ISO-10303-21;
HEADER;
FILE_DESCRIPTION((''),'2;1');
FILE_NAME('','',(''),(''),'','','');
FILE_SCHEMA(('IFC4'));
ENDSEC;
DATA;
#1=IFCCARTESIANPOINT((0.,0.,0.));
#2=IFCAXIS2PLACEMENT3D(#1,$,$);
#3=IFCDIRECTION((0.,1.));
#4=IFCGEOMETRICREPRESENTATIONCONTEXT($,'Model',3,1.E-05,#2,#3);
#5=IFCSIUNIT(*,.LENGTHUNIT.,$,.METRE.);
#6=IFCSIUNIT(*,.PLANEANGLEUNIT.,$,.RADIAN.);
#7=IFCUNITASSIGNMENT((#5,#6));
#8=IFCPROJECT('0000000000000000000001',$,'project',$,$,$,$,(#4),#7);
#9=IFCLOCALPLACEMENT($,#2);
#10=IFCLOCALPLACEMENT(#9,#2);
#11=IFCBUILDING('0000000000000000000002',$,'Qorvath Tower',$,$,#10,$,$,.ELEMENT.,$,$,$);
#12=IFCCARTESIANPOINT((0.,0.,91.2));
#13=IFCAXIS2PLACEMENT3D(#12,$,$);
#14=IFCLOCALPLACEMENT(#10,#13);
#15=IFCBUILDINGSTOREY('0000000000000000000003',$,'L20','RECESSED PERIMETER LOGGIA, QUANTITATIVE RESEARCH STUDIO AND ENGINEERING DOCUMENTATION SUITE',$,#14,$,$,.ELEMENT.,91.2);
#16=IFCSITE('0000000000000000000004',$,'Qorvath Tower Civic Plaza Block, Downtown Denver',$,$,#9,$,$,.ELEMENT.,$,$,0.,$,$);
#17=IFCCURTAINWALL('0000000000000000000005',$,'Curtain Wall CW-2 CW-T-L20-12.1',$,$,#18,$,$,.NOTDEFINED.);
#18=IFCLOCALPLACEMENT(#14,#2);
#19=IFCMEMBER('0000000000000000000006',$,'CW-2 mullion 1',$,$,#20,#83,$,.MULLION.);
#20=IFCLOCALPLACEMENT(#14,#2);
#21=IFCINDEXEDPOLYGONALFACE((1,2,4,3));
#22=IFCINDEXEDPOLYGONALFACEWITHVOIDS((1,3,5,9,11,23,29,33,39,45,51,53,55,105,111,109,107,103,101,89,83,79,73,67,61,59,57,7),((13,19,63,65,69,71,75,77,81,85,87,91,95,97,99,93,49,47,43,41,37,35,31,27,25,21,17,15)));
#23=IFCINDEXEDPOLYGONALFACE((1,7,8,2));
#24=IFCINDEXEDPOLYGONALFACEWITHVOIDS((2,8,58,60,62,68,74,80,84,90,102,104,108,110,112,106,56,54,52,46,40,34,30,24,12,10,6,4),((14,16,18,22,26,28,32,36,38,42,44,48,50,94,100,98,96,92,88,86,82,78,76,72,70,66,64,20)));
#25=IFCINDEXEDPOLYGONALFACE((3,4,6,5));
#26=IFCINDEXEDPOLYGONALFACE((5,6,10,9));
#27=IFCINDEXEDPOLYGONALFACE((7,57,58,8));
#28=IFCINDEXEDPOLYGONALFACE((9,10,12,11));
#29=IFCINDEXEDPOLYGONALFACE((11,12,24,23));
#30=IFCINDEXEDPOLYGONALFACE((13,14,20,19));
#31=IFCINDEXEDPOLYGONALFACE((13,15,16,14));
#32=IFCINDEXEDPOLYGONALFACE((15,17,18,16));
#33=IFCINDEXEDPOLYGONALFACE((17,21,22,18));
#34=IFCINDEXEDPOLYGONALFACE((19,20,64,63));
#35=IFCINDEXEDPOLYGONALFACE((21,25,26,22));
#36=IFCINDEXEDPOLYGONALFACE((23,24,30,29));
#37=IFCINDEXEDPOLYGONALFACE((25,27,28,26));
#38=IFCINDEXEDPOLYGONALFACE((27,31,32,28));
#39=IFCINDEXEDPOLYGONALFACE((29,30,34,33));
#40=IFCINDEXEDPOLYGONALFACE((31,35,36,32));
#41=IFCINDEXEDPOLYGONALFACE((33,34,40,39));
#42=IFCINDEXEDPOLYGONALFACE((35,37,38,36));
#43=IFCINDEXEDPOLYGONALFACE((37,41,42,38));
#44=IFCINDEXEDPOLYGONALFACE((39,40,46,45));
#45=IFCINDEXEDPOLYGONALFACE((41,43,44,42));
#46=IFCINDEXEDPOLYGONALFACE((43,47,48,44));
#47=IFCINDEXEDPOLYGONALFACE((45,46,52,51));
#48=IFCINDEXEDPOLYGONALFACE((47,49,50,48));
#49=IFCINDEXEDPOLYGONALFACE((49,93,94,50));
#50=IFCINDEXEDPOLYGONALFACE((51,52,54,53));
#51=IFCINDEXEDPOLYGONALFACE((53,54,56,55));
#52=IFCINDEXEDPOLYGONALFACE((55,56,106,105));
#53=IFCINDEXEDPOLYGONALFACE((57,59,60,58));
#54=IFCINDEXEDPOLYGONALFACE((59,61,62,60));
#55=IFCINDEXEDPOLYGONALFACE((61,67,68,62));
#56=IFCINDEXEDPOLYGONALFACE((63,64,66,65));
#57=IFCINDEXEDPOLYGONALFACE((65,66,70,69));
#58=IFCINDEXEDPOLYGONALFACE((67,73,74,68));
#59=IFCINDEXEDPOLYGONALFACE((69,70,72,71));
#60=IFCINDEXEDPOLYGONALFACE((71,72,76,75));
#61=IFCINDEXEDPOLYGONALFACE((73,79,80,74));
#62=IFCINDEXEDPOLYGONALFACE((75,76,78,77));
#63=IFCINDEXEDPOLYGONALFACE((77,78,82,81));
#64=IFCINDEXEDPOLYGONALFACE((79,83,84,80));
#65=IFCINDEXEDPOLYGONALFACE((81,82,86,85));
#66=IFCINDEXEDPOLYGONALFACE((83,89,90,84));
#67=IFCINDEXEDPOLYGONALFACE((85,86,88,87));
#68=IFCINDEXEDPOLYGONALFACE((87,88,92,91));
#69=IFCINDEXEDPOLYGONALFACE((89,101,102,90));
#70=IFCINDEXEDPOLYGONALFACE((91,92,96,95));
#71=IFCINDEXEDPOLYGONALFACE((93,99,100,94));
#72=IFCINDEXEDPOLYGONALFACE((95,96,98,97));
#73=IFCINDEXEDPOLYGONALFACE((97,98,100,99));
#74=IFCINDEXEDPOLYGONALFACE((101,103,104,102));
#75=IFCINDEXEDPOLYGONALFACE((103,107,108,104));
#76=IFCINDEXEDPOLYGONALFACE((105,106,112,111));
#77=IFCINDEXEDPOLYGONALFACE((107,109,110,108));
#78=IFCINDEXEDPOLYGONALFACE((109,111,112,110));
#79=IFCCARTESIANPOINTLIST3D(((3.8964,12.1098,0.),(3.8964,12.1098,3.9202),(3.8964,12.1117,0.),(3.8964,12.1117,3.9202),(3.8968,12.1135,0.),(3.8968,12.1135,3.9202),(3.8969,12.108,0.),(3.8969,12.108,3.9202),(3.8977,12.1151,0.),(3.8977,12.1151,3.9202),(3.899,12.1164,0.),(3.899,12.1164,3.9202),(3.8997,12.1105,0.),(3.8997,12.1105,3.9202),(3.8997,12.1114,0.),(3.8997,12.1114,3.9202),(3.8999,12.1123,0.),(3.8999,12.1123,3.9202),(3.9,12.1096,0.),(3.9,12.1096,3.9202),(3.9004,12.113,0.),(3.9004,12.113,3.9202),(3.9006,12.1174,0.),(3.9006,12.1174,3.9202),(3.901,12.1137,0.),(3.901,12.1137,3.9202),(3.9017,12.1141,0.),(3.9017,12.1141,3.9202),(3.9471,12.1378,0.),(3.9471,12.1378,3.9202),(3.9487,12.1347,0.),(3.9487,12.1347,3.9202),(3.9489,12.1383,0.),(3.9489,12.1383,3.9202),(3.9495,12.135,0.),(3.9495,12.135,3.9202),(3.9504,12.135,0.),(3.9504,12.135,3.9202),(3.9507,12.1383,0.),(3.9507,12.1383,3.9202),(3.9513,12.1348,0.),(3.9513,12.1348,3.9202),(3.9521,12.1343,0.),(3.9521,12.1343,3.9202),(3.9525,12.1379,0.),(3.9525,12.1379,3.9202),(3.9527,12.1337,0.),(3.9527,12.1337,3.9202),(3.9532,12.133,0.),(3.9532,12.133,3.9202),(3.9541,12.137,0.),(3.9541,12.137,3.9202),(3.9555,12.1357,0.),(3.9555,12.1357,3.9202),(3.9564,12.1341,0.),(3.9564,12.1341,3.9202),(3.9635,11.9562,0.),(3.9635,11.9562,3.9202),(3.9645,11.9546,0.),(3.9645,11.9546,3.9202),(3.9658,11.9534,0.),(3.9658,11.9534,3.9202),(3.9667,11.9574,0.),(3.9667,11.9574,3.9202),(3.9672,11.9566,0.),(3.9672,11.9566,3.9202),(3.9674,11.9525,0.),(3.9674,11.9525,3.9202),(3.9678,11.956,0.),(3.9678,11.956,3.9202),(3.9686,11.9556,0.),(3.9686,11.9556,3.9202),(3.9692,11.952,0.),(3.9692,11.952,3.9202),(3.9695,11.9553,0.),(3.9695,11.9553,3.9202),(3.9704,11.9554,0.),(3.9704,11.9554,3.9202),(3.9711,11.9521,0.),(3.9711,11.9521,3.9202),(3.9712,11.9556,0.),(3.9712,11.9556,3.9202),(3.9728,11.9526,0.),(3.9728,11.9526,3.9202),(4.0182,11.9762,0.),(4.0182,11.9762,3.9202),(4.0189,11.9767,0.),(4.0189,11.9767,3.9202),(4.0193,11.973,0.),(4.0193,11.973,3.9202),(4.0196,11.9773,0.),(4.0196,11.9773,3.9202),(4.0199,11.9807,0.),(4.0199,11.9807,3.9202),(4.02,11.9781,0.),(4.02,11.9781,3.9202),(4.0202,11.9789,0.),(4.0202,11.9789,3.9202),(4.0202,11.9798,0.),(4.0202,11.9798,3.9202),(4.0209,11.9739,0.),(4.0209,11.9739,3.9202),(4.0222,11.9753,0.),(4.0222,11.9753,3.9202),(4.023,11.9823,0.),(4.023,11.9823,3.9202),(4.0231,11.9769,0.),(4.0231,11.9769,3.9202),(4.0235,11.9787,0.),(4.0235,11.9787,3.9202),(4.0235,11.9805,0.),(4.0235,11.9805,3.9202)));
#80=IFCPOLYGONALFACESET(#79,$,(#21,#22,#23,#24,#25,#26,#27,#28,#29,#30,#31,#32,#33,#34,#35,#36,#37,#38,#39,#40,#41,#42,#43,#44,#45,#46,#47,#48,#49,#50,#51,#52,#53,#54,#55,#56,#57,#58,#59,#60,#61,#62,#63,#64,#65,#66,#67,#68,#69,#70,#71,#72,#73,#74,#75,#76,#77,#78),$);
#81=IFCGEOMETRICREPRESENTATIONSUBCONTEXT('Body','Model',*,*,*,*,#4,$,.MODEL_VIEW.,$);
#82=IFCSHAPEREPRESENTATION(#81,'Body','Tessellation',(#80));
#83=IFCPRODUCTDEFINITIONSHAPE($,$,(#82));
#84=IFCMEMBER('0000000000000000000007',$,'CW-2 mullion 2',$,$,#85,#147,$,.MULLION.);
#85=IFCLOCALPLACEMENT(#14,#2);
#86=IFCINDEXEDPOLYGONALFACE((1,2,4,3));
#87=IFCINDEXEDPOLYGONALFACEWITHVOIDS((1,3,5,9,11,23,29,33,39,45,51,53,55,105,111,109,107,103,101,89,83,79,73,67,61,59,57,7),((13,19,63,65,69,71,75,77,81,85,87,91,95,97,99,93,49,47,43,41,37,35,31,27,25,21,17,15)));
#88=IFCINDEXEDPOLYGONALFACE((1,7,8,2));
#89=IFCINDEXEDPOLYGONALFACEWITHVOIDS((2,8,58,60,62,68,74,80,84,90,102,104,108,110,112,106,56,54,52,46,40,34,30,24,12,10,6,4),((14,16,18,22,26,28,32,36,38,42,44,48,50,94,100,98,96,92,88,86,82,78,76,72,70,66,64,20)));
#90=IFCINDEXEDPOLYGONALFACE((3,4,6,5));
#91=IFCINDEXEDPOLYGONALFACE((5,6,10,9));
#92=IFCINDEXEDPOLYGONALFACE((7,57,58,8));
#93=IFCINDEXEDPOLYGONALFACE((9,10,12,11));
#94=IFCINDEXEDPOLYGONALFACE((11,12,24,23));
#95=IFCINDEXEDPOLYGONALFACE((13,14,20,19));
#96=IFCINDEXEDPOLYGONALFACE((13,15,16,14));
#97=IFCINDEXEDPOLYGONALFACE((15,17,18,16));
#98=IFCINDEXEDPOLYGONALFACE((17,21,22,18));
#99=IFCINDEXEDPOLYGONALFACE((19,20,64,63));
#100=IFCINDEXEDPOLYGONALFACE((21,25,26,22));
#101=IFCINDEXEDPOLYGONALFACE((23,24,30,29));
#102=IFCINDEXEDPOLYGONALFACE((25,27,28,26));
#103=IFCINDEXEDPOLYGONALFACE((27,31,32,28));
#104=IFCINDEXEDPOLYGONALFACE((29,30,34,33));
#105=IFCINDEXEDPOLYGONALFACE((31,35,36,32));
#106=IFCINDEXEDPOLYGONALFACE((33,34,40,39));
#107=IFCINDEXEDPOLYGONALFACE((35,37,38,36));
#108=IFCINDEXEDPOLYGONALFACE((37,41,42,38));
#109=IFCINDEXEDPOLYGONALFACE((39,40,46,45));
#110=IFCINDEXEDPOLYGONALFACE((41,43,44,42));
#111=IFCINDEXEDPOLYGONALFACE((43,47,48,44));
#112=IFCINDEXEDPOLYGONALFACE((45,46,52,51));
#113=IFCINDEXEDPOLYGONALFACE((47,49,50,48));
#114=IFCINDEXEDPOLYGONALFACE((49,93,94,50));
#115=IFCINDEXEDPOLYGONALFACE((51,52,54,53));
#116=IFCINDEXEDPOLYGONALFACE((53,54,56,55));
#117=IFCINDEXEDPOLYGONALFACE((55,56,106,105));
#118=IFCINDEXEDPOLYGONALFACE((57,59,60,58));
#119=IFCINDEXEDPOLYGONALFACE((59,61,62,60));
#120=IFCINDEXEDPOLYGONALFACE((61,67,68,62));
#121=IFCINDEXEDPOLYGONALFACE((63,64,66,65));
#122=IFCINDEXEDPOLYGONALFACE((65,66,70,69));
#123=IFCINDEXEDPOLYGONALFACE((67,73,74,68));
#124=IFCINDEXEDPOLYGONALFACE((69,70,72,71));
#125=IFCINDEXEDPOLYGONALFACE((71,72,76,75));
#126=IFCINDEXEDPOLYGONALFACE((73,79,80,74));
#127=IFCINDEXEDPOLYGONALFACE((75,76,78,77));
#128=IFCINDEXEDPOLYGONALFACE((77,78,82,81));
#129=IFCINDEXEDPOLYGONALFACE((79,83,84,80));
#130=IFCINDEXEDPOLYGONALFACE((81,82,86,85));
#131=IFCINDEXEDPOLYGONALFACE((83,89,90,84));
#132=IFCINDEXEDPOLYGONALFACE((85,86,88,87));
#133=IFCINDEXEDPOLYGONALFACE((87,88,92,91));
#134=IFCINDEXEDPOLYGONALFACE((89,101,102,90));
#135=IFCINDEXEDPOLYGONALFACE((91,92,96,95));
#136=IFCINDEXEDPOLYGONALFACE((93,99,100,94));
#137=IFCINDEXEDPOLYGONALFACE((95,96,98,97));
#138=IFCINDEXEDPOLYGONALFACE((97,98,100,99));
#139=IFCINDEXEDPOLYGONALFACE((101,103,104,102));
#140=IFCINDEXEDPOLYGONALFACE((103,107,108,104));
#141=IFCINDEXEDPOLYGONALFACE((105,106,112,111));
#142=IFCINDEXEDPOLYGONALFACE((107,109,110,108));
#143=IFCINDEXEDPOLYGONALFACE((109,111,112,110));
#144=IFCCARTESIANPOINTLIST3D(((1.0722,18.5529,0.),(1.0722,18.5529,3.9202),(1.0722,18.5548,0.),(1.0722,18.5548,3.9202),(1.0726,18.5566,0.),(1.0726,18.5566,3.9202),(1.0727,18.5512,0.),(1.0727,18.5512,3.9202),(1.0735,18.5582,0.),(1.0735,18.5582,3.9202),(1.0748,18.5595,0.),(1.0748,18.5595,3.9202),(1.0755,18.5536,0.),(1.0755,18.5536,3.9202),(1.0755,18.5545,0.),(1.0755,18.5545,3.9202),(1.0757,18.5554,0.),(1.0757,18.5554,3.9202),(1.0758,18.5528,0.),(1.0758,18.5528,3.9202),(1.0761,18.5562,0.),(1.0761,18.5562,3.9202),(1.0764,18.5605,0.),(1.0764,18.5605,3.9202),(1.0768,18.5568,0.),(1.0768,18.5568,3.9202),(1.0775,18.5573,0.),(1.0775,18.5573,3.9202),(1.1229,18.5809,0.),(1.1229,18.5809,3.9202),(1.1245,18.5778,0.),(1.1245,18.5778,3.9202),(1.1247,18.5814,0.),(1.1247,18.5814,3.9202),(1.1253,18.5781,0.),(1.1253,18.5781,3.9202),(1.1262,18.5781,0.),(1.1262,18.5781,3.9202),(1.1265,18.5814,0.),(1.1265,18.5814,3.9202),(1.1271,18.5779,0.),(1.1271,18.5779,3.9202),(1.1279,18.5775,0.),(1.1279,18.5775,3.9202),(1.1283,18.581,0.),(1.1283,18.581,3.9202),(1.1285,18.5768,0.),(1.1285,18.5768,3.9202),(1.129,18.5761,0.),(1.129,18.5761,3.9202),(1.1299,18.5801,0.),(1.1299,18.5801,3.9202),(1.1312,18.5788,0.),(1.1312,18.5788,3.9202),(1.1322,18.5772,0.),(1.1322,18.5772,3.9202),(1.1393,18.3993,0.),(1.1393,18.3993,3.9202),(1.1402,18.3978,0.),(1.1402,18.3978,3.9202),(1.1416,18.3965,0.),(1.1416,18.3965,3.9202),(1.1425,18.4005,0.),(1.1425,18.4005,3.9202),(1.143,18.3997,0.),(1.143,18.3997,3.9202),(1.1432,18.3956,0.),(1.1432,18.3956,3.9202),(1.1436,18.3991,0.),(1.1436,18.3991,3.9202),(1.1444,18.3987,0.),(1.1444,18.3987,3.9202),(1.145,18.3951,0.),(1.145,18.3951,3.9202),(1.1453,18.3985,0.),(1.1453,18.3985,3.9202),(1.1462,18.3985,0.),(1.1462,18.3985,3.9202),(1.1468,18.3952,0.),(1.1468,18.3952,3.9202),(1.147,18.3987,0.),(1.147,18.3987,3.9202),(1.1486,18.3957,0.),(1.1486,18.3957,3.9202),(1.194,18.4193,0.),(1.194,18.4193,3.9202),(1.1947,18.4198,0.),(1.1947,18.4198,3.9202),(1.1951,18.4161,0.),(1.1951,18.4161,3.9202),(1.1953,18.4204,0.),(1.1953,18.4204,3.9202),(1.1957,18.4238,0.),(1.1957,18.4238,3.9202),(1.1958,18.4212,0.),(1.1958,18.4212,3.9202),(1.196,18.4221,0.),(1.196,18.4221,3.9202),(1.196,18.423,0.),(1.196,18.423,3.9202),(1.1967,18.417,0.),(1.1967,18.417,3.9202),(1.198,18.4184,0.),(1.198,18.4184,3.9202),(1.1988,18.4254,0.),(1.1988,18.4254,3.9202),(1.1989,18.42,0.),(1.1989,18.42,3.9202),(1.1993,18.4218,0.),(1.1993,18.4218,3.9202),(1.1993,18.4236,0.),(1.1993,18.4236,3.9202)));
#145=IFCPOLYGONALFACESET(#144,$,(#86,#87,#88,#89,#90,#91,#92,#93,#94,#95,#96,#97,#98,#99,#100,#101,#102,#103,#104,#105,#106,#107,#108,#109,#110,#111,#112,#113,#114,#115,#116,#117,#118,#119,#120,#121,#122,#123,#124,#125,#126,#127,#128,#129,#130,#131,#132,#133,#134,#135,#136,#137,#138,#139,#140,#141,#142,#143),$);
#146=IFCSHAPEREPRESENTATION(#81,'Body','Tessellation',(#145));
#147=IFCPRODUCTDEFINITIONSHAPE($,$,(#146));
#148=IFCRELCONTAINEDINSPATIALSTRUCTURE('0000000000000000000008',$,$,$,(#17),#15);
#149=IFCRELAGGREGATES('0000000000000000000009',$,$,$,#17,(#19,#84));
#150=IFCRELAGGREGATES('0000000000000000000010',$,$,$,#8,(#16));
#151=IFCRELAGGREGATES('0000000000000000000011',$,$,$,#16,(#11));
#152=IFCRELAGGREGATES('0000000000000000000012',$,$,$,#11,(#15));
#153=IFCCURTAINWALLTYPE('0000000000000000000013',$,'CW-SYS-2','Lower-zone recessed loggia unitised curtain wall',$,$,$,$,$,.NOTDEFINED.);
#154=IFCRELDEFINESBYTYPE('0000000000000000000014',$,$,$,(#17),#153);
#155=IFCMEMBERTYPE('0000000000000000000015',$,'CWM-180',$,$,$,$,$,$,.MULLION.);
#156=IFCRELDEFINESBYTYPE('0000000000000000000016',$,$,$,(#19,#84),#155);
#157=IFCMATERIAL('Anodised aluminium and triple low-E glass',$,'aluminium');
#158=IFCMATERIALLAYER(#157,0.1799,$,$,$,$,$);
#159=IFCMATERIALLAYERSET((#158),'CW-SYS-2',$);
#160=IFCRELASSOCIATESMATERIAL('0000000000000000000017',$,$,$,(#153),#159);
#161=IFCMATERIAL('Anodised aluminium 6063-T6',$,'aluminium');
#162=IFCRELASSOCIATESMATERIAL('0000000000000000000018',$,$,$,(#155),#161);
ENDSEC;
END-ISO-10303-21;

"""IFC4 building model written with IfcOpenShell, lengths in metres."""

from ifc_helpers import new_model, si_unit, direction, frame, origin, origin_2d, place, context, subcontext, project, spatial, hollow_rectangle, extrude, material, layer, layer_set, material_profile, profile_set, type_object, element, aggregate, save


model = new_model("IFC4")

# Units and contexts
model_context = context("Model", 3, precision=1e-05, world=origin(), true_north=direction((0.0, 1.0)))
body_context = subcontext(model_context, "Body", "Model", "MODEL_VIEW")
ifc_project = project(units=[si_unit("LENGTHUNIT", "METRE"), si_unit("PLANEANGLEUNIT", "RADIAN")], contexts=[model_context])

# Site, building, storey
site_placement = place(None, origin())
site = spatial("IfcSite", under=ifc_project, at=site_placement, Name="Qorvath Tower Civic Plaza Block, Downtown Denver", CompositionType="ELEMENT", RefElevation=0.0)
building_placement = place(site_placement, origin())
building = spatial("IfcBuilding", under=site, at=building_placement, Name="Qorvath Tower", CompositionType="ELEMENT")
storey_placement = place(building_placement, frame((0.0, 0.0, 91.2)))
storey = spatial("IfcBuildingStorey", under=building, at=storey_placement, Name="L20", Description="RECESSED PERIMETER LOGGIA, QUANTITATIVE RESEARCH STUDIO AND ENGINEERING DOCUMENTATION SUITE", CompositionType="ELEMENT", Elevation=91.2)

# Shared definitions
ifc_material_1 = material(Name="Anodised aluminium and triple low-E glass", Category="aluminium")
ifc_layer_1 = layer(ifc_material_1, 0.1799)
ifc_layer_set_1 = layer_set([ifc_layer_1], Name="CW-SYS-2")
curtain_wall_type = type_object("IfcCurtainWallType", Name="CW-SYS-2", Description="Lower-zone recessed loggia unitised curtain wall", PredefinedType="NOTDEFINED", material=ifc_layer_set_1)
ifc_material_2 = material(Name="Anodised aluminium 6063-T6", Category="aluminium")
ifc_material_profile_1 = material_profile(ifc_material_2, hollow_rectangle(XDim=0.0649, YDim=0.1799, WallThickness=0.0034, InnerFilletRadius=0.0034, OuterFilletRadius=0.0071, at=origin_2d()), Name="CWM 180x65")
ifc_profile_set_1 = profile_set([ifc_material_profile_1], Name="Anodised aluminium 6063-T6")
member_type_1 = type_object("IfcMemberType", Name="CWM-180", PredefinedType="MULLION", material=ifc_profile_set_1)

# Curtain wall, members
curtain_wall_1_placement = place(storey_placement, origin())
curtain_wall_1 = element("IfcCurtainWall", 1, at=curtain_wall_1_placement, inside=storey, type_object=curtain_wall_type, Name="Curtain Wall CW-2 CW-T-L20-12.1", PredefinedType="NOTDEFINED")
member_1_placement = place(storey_placement, frame((3.96, 12.0452, 0.0), z_axis=(0.0, 0.0, 1.0), x_axis=(-0.915869, -0.401477, 0.0)))
member_1 = element("IfcMember", 2, at=member_1_placement, type_object=member_type_1, Name="CW-2 mullion 1", PredefinedType="MULLION", context=body_context, shape_type="SweptSolid", body=[
    extrude(hollow_rectangle(XDim=0.0649, YDim=0.1799, WallThickness=0.0034, InnerFilletRadius=0.0034, OuterFilletRadius=0.0071, at=origin_2d()), origin(), (0.0, 0.0, 1.0), 3.9202),
])
member_2_placement = place(storey_placement, frame((1.1357, 18.4883, 0.0), z_axis=(0.0, 0.0, 1.0), x_axis=(-0.915869, -0.401477, 0.0)))
member_2 = element("IfcMember", 3, at=member_2_placement, type_object=member_type_1, Name="CW-2 mullion 2", PredefinedType="MULLION", context=body_context, shape_type="SweptSolid", body=[
    extrude(hollow_rectangle(XDim=0.0649, YDim=0.1799, WallThickness=0.0034, InnerFilletRadius=0.0034, OuterFilletRadius=0.0071, at=origin_2d()), origin(), (0.0, 0.0, 1.0), 3.9202),
])

aggregate(curtain_wall_1, [member_1, member_2])

save(model, "model.ifc")
